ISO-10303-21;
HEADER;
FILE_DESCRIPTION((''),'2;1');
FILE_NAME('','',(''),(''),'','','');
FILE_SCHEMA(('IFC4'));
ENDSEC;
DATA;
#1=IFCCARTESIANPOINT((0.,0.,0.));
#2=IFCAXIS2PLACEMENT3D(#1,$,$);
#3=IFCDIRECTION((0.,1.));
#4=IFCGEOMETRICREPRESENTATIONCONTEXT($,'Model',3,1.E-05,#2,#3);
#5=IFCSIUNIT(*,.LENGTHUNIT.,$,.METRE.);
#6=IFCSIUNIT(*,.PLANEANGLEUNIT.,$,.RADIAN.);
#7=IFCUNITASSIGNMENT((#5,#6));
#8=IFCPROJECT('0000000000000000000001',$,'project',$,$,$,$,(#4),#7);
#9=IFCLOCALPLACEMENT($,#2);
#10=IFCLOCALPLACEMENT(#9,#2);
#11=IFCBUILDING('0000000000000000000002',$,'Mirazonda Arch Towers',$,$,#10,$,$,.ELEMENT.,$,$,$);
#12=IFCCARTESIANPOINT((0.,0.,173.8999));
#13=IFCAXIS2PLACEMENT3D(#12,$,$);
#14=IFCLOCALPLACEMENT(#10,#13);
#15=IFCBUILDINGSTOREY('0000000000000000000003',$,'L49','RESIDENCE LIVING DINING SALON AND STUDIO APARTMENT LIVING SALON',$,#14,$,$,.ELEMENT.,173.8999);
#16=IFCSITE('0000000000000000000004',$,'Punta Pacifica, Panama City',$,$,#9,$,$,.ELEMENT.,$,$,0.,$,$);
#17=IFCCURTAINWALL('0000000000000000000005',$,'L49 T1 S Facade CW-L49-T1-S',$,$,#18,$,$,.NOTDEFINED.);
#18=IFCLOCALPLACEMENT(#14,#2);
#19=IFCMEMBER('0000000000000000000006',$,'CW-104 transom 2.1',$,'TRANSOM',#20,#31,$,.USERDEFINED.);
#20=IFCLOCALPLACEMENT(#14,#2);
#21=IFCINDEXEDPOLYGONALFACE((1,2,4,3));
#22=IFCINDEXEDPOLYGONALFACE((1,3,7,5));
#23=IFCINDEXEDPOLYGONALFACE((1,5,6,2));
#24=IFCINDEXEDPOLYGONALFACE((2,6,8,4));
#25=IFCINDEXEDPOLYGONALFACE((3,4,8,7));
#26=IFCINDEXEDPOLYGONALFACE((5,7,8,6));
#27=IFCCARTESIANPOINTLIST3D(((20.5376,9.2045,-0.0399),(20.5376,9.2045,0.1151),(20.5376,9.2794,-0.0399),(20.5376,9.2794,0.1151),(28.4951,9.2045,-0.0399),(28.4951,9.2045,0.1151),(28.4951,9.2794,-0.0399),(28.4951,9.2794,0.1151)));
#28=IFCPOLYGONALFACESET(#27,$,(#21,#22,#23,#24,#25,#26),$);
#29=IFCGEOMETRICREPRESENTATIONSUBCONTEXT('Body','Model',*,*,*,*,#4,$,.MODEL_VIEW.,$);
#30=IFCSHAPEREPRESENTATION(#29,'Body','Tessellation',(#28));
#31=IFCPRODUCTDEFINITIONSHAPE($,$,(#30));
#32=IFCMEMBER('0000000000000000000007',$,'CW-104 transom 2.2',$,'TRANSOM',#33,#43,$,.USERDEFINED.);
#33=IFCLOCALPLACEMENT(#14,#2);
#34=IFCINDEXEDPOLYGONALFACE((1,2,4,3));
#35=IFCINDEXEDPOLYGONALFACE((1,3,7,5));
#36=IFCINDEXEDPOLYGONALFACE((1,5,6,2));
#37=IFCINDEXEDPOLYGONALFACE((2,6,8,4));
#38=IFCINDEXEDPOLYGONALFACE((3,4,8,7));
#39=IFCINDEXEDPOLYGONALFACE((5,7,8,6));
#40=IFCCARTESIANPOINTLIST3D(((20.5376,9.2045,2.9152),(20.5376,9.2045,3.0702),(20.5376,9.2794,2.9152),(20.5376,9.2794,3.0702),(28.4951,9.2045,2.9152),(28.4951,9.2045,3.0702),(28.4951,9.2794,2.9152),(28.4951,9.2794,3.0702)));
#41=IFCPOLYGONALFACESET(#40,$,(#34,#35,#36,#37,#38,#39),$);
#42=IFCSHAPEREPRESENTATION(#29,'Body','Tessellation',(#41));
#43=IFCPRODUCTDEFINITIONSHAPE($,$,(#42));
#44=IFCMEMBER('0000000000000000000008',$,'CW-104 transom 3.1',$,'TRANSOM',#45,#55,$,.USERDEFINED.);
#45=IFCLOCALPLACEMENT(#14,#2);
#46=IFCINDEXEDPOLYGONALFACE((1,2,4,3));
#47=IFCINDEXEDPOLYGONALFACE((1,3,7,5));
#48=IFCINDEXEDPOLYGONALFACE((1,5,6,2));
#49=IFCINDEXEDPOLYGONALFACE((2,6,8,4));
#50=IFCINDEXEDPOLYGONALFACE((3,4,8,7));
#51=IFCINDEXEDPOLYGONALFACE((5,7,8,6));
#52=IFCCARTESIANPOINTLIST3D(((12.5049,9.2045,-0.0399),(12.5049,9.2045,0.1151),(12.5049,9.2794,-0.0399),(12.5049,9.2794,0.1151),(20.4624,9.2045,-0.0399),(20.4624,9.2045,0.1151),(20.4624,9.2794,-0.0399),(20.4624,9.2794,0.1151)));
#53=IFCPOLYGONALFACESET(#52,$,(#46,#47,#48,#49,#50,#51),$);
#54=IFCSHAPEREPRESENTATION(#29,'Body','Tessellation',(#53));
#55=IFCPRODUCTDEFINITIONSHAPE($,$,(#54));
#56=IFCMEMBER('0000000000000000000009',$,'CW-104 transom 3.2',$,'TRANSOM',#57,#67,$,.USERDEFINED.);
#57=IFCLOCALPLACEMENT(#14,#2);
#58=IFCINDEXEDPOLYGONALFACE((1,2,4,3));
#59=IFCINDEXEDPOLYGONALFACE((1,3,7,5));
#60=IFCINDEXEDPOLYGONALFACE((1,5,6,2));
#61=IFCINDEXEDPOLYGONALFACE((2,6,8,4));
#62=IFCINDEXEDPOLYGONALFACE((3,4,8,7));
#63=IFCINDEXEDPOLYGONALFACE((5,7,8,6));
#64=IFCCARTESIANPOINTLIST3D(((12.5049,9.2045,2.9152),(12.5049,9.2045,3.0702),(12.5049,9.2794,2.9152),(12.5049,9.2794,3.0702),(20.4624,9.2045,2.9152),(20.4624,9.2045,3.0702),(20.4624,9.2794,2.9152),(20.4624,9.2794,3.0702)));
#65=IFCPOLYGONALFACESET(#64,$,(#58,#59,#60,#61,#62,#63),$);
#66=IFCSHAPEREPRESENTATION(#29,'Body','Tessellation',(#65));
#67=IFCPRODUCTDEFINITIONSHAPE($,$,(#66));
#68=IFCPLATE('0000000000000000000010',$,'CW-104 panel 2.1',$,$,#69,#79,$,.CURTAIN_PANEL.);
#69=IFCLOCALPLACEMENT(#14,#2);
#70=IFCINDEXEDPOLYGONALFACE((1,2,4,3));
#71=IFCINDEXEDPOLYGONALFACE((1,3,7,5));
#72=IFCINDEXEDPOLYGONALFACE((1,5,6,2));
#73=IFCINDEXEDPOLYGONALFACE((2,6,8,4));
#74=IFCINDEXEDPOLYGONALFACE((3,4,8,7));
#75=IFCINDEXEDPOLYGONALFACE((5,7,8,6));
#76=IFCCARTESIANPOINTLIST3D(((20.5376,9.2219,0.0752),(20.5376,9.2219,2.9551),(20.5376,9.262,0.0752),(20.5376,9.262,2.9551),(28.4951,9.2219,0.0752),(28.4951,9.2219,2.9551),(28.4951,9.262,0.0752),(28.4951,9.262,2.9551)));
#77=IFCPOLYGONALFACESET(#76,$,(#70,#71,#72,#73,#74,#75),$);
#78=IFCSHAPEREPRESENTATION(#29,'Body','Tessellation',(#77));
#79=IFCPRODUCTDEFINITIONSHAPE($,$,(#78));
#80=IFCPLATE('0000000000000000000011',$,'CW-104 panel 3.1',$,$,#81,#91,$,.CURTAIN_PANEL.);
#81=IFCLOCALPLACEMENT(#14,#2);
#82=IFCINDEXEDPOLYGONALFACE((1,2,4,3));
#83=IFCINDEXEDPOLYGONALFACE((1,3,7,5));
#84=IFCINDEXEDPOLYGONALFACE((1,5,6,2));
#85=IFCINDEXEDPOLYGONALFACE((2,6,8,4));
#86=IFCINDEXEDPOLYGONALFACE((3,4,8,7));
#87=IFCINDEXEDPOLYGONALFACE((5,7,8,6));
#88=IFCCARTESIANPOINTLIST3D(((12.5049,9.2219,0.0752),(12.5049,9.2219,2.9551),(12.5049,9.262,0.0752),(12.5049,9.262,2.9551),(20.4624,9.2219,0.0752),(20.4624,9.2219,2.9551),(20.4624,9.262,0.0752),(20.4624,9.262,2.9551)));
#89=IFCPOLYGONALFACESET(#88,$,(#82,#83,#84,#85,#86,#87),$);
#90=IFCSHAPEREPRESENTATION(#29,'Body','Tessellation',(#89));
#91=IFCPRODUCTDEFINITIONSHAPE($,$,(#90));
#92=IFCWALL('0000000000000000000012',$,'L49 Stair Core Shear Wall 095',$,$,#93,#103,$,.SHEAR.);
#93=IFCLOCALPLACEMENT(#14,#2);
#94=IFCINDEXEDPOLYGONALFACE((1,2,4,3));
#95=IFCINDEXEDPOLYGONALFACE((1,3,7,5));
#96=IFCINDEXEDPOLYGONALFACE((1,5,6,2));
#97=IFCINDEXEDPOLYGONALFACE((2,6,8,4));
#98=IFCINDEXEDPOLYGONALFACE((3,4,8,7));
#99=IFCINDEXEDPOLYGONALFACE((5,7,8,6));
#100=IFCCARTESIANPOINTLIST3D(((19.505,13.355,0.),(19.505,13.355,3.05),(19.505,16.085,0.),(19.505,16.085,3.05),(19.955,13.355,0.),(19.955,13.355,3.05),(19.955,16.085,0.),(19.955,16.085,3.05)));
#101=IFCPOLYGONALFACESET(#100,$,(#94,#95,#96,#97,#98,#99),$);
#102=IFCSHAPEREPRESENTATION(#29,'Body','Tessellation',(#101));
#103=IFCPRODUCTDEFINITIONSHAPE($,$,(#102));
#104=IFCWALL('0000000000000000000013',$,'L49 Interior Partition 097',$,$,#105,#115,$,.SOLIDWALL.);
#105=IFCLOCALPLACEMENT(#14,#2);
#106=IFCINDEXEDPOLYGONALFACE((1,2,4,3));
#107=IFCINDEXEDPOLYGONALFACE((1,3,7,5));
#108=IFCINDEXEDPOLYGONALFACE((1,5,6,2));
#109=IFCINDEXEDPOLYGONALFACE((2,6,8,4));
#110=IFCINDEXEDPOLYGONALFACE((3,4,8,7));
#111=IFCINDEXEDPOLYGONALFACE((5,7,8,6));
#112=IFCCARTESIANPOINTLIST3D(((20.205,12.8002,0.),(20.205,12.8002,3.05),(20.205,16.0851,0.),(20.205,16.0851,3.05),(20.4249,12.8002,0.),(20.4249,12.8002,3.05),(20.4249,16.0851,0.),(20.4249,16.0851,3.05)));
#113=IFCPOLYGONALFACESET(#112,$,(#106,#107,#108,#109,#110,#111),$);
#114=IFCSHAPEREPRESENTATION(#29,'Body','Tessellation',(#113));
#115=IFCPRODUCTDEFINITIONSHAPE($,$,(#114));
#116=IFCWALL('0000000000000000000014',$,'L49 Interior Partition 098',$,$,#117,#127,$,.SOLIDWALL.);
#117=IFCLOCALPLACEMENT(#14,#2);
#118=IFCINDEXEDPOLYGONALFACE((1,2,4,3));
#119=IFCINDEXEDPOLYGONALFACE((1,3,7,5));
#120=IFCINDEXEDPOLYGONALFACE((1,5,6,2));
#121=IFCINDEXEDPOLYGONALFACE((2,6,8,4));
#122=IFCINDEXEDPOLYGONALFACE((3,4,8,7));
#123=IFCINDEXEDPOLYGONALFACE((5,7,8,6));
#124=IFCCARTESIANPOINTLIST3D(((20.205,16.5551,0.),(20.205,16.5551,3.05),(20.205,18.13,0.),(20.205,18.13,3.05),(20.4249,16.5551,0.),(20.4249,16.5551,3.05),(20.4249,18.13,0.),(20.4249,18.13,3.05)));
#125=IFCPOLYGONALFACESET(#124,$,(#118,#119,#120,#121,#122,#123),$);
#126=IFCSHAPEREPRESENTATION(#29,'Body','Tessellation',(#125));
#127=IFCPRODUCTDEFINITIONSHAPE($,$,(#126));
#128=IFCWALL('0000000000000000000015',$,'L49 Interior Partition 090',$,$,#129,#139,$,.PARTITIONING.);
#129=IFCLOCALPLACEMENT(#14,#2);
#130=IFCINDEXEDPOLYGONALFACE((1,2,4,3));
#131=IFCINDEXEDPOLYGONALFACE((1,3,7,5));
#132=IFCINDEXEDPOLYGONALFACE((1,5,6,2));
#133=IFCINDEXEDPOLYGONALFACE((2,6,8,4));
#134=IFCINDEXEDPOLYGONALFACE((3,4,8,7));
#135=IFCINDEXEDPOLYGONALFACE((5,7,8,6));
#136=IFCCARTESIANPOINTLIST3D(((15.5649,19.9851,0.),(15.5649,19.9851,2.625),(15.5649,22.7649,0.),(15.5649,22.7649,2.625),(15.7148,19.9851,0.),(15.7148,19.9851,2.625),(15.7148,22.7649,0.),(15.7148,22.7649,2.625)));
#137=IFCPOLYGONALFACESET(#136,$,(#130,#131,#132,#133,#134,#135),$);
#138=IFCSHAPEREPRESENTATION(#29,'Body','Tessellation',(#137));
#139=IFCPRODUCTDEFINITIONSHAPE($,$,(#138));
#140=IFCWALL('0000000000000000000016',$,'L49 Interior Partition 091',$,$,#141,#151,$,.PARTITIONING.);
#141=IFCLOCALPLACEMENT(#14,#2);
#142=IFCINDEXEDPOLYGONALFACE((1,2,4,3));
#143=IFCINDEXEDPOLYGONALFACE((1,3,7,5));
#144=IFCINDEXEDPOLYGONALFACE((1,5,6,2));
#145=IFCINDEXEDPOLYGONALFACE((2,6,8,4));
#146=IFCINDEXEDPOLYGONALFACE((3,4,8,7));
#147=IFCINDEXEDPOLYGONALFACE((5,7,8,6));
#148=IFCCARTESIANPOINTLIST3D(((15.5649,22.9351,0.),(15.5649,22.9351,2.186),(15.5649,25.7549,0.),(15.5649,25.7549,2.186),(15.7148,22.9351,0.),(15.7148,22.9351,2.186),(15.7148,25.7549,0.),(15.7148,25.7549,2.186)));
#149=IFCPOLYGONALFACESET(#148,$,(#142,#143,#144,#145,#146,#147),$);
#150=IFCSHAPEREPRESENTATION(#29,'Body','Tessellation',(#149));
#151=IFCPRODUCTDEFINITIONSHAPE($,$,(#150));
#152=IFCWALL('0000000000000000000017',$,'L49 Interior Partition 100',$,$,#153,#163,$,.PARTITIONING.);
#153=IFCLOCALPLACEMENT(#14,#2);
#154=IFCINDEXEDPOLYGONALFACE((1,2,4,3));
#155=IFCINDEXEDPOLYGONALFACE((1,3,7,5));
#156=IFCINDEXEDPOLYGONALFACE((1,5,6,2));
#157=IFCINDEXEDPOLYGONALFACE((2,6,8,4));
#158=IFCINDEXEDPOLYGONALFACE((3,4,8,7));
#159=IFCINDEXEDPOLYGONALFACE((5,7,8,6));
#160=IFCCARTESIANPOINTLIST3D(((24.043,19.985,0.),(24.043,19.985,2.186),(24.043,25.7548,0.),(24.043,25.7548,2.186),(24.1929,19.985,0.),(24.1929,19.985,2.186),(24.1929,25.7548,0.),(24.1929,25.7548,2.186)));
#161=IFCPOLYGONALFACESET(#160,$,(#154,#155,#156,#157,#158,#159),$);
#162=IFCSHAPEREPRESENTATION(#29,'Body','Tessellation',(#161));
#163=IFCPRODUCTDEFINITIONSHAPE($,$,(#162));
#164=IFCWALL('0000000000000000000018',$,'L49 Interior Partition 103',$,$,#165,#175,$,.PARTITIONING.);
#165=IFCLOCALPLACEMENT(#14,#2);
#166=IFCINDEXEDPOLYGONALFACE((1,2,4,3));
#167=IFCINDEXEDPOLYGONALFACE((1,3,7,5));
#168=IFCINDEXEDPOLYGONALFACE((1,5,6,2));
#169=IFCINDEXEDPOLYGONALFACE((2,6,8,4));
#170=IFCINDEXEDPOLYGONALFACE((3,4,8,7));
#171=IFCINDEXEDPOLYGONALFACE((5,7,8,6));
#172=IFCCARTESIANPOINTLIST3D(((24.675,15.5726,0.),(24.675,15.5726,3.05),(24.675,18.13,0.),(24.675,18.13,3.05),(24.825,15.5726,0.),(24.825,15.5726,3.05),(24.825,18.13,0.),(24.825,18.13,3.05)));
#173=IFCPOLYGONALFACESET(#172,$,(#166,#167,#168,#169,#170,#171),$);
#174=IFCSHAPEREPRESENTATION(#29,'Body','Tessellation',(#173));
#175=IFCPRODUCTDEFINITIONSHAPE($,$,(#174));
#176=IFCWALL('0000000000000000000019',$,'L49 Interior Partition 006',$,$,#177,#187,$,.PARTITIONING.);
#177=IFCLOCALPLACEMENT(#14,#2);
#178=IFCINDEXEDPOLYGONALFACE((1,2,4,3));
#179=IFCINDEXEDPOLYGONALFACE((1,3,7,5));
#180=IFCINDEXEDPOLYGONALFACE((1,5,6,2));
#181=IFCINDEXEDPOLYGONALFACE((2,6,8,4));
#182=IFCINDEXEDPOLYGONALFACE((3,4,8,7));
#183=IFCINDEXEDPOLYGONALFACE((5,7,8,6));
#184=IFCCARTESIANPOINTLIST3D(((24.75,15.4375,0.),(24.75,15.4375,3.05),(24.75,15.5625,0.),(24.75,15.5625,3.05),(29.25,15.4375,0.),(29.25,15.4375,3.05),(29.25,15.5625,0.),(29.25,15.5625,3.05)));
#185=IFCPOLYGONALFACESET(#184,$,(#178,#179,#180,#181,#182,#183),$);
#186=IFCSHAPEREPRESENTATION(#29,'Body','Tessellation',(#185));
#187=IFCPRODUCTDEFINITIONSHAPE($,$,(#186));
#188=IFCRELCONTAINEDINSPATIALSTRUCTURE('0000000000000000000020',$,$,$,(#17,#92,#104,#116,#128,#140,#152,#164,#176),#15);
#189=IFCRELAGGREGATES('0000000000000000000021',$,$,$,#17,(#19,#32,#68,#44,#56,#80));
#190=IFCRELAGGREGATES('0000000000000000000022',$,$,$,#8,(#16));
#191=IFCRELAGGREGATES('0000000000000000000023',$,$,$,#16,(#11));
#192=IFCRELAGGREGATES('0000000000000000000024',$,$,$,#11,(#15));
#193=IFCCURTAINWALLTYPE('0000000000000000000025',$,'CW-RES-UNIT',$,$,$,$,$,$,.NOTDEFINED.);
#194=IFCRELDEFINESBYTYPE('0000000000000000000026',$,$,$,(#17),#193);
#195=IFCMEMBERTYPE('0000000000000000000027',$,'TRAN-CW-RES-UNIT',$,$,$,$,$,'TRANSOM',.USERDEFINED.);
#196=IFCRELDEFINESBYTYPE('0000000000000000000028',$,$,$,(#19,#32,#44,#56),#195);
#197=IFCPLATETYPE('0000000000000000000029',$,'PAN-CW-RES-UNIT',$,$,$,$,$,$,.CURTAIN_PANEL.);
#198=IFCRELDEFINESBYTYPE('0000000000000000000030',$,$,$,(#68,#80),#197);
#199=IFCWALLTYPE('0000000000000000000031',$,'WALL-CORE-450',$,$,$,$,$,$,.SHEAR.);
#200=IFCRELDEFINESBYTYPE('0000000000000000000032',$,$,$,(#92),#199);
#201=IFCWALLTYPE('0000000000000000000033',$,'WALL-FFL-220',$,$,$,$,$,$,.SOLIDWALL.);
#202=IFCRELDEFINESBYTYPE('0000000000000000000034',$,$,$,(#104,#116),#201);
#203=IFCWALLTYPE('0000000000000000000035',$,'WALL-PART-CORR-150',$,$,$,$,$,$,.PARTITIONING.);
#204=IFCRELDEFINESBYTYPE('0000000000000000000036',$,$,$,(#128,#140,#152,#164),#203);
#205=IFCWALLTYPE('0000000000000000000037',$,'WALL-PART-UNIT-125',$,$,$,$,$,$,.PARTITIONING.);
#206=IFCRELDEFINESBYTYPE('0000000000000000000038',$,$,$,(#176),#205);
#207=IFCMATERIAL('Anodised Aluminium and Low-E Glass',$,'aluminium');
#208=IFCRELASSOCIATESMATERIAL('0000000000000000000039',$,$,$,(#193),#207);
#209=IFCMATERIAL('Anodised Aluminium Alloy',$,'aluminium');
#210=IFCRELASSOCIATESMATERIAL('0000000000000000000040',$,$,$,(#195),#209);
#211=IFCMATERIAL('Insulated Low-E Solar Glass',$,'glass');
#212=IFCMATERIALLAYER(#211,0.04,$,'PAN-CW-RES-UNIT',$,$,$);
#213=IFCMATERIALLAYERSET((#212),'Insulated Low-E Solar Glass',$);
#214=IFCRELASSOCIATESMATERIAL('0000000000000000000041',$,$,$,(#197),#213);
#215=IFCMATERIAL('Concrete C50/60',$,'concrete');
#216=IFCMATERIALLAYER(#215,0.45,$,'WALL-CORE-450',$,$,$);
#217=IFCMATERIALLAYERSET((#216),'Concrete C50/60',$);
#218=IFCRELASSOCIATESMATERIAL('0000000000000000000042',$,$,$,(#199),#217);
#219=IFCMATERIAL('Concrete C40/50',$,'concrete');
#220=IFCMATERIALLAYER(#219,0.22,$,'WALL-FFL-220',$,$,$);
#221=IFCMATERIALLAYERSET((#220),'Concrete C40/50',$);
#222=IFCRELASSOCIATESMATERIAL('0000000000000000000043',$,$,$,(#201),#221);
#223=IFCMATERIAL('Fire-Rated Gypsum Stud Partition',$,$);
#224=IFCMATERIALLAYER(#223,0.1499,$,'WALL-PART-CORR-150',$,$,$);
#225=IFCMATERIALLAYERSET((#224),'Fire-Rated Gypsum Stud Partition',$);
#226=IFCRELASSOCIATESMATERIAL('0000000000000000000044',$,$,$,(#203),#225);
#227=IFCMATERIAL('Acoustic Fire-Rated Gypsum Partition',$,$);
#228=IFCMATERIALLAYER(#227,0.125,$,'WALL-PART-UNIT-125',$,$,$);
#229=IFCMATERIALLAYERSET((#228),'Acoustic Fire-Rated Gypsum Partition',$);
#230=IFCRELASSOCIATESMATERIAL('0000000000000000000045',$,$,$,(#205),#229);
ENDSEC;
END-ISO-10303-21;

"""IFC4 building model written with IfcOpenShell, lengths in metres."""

from ifc_helpers import new_model, si_unit, direction, frame, frame_2d, origin, origin_2d, place, context, subcontext, project, spatial, rectangle, extrude, material, layer, layer_set, material_profile, profile_set, type_object, element, aggregate, save


model = new_model("IFC4")

# Units and contexts
model_context = context("Model", 3, precision=1e-05, world=origin(), true_north=direction((0.0, 1.0)))
body_context = subcontext(model_context, "Body", "Model", "MODEL_VIEW")
ifc_project = project(units=[si_unit("LENGTHUNIT", "METRE"), si_unit("PLANEANGLEUNIT", "RADIAN")], contexts=[model_context])

# Site, building, storey
site_placement = place(None, origin())
site = spatial("IfcSite", under=ifc_project, at=site_placement, Name="Punta Pacifica, Panama City", CompositionType="ELEMENT", RefElevation=0.0)
building_placement = place(site_placement, origin())
building = spatial("IfcBuilding", under=site, at=building_placement, Name="Mirazonda Arch Towers", CompositionType="ELEMENT")
storey_placement = place(building_placement, frame((0.0, 0.0, 173.8999)))
storey = spatial("IfcBuildingStorey", under=building, at=storey_placement, Name="L49", Description="RESIDENCE LIVING DINING SALON AND STUDIO APARTMENT LIVING SALON", CompositionType="ELEMENT", Elevation=173.8999)

# Shared definitions
ifc_material_1 = material(Name="Concrete C50/60", Category="concrete")

# Curtain wall, members, plates
ifc_material_2 = material(Name="Anodised Aluminium and Low-E Glass", Category="aluminium")
curtain_wall_type = type_object("IfcCurtainWallType", Name="CW-RES-UNIT", PredefinedType="NOTDEFINED", material=ifc_material_2)
curtain_wall_placement = place(storey_placement, origin())
curtain_wall = element("IfcCurtainWall", 1, at=curtain_wall_placement, inside=storey, type_object=curtain_wall_type, Name="L49 T1 S Facade CW-L49-T1-S", PredefinedType="NOTDEFINED")
ifc_material_3 = material(Name="Anodised Aluminium Alloy", Category="aluminium")
ifc_material_profile_1 = material_profile(ifc_material_3, rectangle(XDim=0.075, YDim=0.155, at=origin_2d()), Name="ALU-TRAN-75x155")
ifc_profile_set_1 = profile_set([ifc_material_profile_1], Name="Anodised Aluminium Alloy")
member_type_1 = type_object("IfcMemberType", Name="TRAN-CW-RES-UNIT", ElementType="TRANSOM", PredefinedType="USERDEFINED", material=ifc_profile_set_1)
member_1_placement = place(storey_placement, frame((28.4951, 9.2419, 0.0376), z_axis=(-1.0, 0.0, 0.0), x_axis=(0.0, -1.0, 0.0)))
member_1 = element("IfcMember", 2, at=member_1_placement, type_object=member_type_1, Name="CW-104 transom 2.1", ObjectType="TRANSOM", PredefinedType="USERDEFINED", context=body_context, shape_type="SweptSolid", body=[
    extrude(rectangle(XDim=0.075, YDim=0.155, at=origin_2d()), origin(), (0.0, 0.0, 1.0), 7.9575),
])
member_2_placement = place(storey_placement, frame((28.4951, 9.2419, 2.9927), z_axis=(-1.0, 0.0, 0.0), x_axis=(0.0, -1.0, 0.0)))
member_2 = element("IfcMember", 3, at=member_2_placement, type_object=member_type_1, Name="CW-104 transom 2.2", ObjectType="TRANSOM", PredefinedType="USERDEFINED", context=body_context, shape_type="SweptSolid", body=[
    extrude(rectangle(XDim=0.075, YDim=0.155, at=origin_2d()), origin(), (0.0, 0.0, 1.0), 7.9575),
])
member_3_placement = place(storey_placement, frame((20.4624, 9.2419, 0.0376), z_axis=(-1.0, 0.0, 0.0), x_axis=(0.0, -1.0, 0.0)))
member_3 = element("IfcMember", 4, at=member_3_placement, type_object=member_type_1, Name="CW-104 transom 3.1", ObjectType="TRANSOM", PredefinedType="USERDEFINED", context=body_context, shape_type="SweptSolid", body=[
    extrude(rectangle(XDim=0.075, YDim=0.155, at=origin_2d()), origin(), (0.0, 0.0, 1.0), 7.9575),
])
member_4_placement = place(storey_placement, frame((20.4624, 9.2419, 2.9927), z_axis=(-1.0, 0.0, 0.0), x_axis=(0.0, -1.0, 0.0)))
member_4 = element("IfcMember", 5, at=member_4_placement, type_object=member_type_1, Name="CW-104 transom 3.2", ObjectType="TRANSOM", PredefinedType="USERDEFINED", context=body_context, shape_type="SweptSolid", body=[
    extrude(rectangle(XDim=0.075, YDim=0.155, at=origin_2d()), origin(), (0.0, 0.0, 1.0), 7.9575),
])
ifc_material_4 = material(Name="Insulated Low-E Solar Glass", Category="glass")
ifc_layer_1 = layer(ifc_material_4, 0.04, Name="PAN-CW-RES-UNIT")
ifc_layer_set_1 = layer_set([ifc_layer_1], Name="Insulated Low-E Solar Glass")
plate_type = type_object("IfcPlateType", Name="PAN-CW-RES-UNIT", PredefinedType="CURTAIN_PANEL", material=ifc_layer_set_1)
plate_1_placement = place(storey_placement, frame((24.5164, 9.2419, 0.0752), z_axis=(0.0, 0.0, 1.0), x_axis=(-1.0, 0.0, 0.0)))
plate_1 = element("IfcPlate", 6, at=plate_1_placement, type_object=plate_type, Name="CW-104 panel 2.1", PredefinedType="CURTAIN_PANEL", context=body_context, shape_type="SweptSolid", body=[
    extrude(rectangle(XDim=7.9575, YDim=0.04, at=origin_2d()), origin(), (0.0, 0.0, 1.0), 2.8799),
])
plate_2_placement = place(storey_placement, frame((16.4836, 9.2419, 0.0752), z_axis=(0.0, 0.0, 1.0), x_axis=(-1.0, 0.0, 0.0)))
plate_2 = element("IfcPlate", 7, at=plate_2_placement, type_object=plate_type, Name="CW-104 panel 3.1", PredefinedType="CURTAIN_PANEL", context=body_context, shape_type="SweptSolid", body=[
    extrude(rectangle(XDim=7.9575, YDim=0.04, at=origin_2d()), origin(), (0.0, 0.0, 1.0), 2.8799),
])
aggregate(curtain_wall, [member_1, member_2, plate_1, member_3, member_4, plate_2])

# Walls
ifc_layer_2 = layer(ifc_material_1, 0.45, Name="WALL-CORE-450")
ifc_layer_set_2 = layer_set([ifc_layer_2], Name="Concrete C50/60")
wall_type_1 = type_object("IfcWallType", Name="WALL-CORE-450", PredefinedType="SHEAR", material=ifc_layer_set_2)
wall_1_placement = place(storey_placement, frame((19.73, 13.355, 0.0), z_axis=(0.0, 0.0, 1.0), x_axis=(0.0, 1.0, 0.0)))
element("IfcWall", 8, at=wall_1_placement, inside=storey, type_object=wall_type_1, Name="L49 Stair Core Shear Wall 095", PredefinedType="SHEAR", context=body_context, shape_type="SweptSolid", body=[
    extrude(rectangle(XDim=2.73, YDim=0.45, at=frame_2d((1.365, 0.0))), origin(), (0.0, 0.0, 1.0), 3.05),
])
ifc_material_5 = material(Name="Concrete C40/50", Category="concrete")
ifc_layer_3 = layer(ifc_material_5, 0.22, Name="WALL-FFL-220")
ifc_layer_set_3 = layer_set([ifc_layer_3], Name="Concrete C40/50")
wall_type_2 = type_object("IfcWallType", Name="WALL-FFL-220", PredefinedType="SOLIDWALL", material=ifc_layer_set_3)
wall_2_placement = place(storey_placement, frame((20.3149, 12.8, 0.0), z_axis=(0.0, 0.0, 1.0), x_axis=(0.0, 1.0, 0.0)))
element("IfcWall", 9, at=wall_2_placement, inside=storey, type_object=wall_type_2, Name="L49 Interior Partition 097", PredefinedType="SOLIDWALL", context=body_context, shape_type="SweptSolid", body=[
    extrude(rectangle(XDim=3.2849, YDim=0.22, at=frame_2d((1.6426, 0.0))), origin(), (0.0, 0.0, 1.0), 3.05),
])
wall_3_placement = place(storey_placement, frame((20.3149, 16.5549, 0.0), z_axis=(0.0, 0.0, 1.0), x_axis=(0.0, 1.0, 0.0)))
element("IfcWall", 10, at=wall_3_placement, inside=storey, type_object=wall_type_2, Name="L49 Interior Partition 098", PredefinedType="SOLIDWALL", context=body_context, shape_type="SweptSolid", body=[
    extrude(rectangle(XDim=1.575, YDim=0.22, at=frame_2d((0.7876, 0.0))), origin(), (0.0, 0.0, 1.0), 3.05),
])
ifc_material_6 = material(Name="Fire-Rated Gypsum Stud Partition")
ifc_layer_4 = layer(ifc_material_6, 0.1499, Name="WALL-PART-CORR-150")
ifc_layer_set_4 = layer_set([ifc_layer_4], Name="Fire-Rated Gypsum Stud Partition")
wall_type_3 = type_object("IfcWallType", Name="WALL-PART-CORR-150", PredefinedType="PARTITIONING", material=ifc_layer_set_4)
wall_4_placement = place(storey_placement, frame((15.6399, 19.9851, 0.0), z_axis=(0.0, 0.0, 1.0), x_axis=(0.0, 1.0, 0.0)))
element("IfcWall", 11, at=wall_4_placement, inside=storey, type_object=wall_type_3, Name="L49 Interior Partition 090", PredefinedType="PARTITIONING", context=body_context, shape_type="SweptSolid", body=[
    extrude(rectangle(XDim=2.7798, YDim=0.1499, at=frame_2d((1.3899, 0.0))), origin(), (0.0, 0.0, 1.0), 2.625),
])
wall_5_placement = place(storey_placement, frame((15.6399, 22.9351, 0.0), z_axis=(0.0, 0.0, 1.0), x_axis=(0.0, 1.0, 0.0)))
element("IfcWall", 12, at=wall_5_placement, inside=storey, type_object=wall_type_3, Name="L49 Interior Partition 091", PredefinedType="PARTITIONING", context=body_context, shape_type="SweptSolid", body=[
    extrude(rectangle(XDim=2.8198, YDim=0.1499, at=frame_2d((1.4099, 0.0))), origin(), (0.0, 0.0, 1.0), 2.186),
])
wall_6_placement = place(storey_placement, frame((24.1179, 19.9851, 0.0), z_axis=(0.0, 0.0, 1.0), x_axis=(0.0, 1.0, 0.0)))
element("IfcWall", 13, at=wall_6_placement, inside=storey, type_object=wall_type_3, Name="L49 Interior Partition 100", PredefinedType="PARTITIONING", context=body_context, shape_type="SweptSolid", body=[
    extrude(rectangle(XDim=5.7698, YDim=0.1499, at=frame_2d((2.8848, 0.0))), origin(), (0.0, 0.0, 1.0), 2.186),
])

# Walls
wall_7_placement = place(storey_placement, frame((24.75, 15.5725, 0.0), z_axis=(0.0, 0.0, 1.0), x_axis=(0.0, 1.0, 0.0)))
element("IfcWall", 14, at=wall_7_placement, inside=storey, type_object=wall_type_3, Name="L49 Interior Partition 103", PredefinedType="PARTITIONING", context=body_context, shape_type="SweptSolid", body=[
    extrude(rectangle(XDim=2.5574, YDim=0.1499, at=frame_2d((1.2788, 0.0))), origin(), (0.0, 0.0, 1.0), 3.05),
])
ifc_material_7 = material(Name="Acoustic Fire-Rated Gypsum Partition")
ifc_layer_5 = layer(ifc_material_7, 0.125, Name="WALL-PART-UNIT-125")
ifc_layer_set_5 = layer_set([ifc_layer_5], Name="Acoustic Fire-Rated Gypsum Partition")
wall_type_4 = type_object("IfcWallType", Name="WALL-PART-UNIT-125", PredefinedType="PARTITIONING", material=ifc_layer_set_5)
wall_8_placement = place(storey_placement, frame((24.75, 15.5, 0.0), z_axis=(0.0, 0.0, 1.0), x_axis=(1.0, 0.0, 0.0)))
element("IfcWall", 15, at=wall_8_placement, inside=storey, type_object=wall_type_4, Name="L49 Interior Partition 006", PredefinedType="PARTITIONING", context=body_context, shape_type="SweptSolid", body=[
    extrude(rectangle(XDim=4.5, YDim=0.125, at=frame_2d((2.25, 0.0))), origin(), (0.0, 0.0, 1.0), 3.05),
])

save(model, "model.ifc")
